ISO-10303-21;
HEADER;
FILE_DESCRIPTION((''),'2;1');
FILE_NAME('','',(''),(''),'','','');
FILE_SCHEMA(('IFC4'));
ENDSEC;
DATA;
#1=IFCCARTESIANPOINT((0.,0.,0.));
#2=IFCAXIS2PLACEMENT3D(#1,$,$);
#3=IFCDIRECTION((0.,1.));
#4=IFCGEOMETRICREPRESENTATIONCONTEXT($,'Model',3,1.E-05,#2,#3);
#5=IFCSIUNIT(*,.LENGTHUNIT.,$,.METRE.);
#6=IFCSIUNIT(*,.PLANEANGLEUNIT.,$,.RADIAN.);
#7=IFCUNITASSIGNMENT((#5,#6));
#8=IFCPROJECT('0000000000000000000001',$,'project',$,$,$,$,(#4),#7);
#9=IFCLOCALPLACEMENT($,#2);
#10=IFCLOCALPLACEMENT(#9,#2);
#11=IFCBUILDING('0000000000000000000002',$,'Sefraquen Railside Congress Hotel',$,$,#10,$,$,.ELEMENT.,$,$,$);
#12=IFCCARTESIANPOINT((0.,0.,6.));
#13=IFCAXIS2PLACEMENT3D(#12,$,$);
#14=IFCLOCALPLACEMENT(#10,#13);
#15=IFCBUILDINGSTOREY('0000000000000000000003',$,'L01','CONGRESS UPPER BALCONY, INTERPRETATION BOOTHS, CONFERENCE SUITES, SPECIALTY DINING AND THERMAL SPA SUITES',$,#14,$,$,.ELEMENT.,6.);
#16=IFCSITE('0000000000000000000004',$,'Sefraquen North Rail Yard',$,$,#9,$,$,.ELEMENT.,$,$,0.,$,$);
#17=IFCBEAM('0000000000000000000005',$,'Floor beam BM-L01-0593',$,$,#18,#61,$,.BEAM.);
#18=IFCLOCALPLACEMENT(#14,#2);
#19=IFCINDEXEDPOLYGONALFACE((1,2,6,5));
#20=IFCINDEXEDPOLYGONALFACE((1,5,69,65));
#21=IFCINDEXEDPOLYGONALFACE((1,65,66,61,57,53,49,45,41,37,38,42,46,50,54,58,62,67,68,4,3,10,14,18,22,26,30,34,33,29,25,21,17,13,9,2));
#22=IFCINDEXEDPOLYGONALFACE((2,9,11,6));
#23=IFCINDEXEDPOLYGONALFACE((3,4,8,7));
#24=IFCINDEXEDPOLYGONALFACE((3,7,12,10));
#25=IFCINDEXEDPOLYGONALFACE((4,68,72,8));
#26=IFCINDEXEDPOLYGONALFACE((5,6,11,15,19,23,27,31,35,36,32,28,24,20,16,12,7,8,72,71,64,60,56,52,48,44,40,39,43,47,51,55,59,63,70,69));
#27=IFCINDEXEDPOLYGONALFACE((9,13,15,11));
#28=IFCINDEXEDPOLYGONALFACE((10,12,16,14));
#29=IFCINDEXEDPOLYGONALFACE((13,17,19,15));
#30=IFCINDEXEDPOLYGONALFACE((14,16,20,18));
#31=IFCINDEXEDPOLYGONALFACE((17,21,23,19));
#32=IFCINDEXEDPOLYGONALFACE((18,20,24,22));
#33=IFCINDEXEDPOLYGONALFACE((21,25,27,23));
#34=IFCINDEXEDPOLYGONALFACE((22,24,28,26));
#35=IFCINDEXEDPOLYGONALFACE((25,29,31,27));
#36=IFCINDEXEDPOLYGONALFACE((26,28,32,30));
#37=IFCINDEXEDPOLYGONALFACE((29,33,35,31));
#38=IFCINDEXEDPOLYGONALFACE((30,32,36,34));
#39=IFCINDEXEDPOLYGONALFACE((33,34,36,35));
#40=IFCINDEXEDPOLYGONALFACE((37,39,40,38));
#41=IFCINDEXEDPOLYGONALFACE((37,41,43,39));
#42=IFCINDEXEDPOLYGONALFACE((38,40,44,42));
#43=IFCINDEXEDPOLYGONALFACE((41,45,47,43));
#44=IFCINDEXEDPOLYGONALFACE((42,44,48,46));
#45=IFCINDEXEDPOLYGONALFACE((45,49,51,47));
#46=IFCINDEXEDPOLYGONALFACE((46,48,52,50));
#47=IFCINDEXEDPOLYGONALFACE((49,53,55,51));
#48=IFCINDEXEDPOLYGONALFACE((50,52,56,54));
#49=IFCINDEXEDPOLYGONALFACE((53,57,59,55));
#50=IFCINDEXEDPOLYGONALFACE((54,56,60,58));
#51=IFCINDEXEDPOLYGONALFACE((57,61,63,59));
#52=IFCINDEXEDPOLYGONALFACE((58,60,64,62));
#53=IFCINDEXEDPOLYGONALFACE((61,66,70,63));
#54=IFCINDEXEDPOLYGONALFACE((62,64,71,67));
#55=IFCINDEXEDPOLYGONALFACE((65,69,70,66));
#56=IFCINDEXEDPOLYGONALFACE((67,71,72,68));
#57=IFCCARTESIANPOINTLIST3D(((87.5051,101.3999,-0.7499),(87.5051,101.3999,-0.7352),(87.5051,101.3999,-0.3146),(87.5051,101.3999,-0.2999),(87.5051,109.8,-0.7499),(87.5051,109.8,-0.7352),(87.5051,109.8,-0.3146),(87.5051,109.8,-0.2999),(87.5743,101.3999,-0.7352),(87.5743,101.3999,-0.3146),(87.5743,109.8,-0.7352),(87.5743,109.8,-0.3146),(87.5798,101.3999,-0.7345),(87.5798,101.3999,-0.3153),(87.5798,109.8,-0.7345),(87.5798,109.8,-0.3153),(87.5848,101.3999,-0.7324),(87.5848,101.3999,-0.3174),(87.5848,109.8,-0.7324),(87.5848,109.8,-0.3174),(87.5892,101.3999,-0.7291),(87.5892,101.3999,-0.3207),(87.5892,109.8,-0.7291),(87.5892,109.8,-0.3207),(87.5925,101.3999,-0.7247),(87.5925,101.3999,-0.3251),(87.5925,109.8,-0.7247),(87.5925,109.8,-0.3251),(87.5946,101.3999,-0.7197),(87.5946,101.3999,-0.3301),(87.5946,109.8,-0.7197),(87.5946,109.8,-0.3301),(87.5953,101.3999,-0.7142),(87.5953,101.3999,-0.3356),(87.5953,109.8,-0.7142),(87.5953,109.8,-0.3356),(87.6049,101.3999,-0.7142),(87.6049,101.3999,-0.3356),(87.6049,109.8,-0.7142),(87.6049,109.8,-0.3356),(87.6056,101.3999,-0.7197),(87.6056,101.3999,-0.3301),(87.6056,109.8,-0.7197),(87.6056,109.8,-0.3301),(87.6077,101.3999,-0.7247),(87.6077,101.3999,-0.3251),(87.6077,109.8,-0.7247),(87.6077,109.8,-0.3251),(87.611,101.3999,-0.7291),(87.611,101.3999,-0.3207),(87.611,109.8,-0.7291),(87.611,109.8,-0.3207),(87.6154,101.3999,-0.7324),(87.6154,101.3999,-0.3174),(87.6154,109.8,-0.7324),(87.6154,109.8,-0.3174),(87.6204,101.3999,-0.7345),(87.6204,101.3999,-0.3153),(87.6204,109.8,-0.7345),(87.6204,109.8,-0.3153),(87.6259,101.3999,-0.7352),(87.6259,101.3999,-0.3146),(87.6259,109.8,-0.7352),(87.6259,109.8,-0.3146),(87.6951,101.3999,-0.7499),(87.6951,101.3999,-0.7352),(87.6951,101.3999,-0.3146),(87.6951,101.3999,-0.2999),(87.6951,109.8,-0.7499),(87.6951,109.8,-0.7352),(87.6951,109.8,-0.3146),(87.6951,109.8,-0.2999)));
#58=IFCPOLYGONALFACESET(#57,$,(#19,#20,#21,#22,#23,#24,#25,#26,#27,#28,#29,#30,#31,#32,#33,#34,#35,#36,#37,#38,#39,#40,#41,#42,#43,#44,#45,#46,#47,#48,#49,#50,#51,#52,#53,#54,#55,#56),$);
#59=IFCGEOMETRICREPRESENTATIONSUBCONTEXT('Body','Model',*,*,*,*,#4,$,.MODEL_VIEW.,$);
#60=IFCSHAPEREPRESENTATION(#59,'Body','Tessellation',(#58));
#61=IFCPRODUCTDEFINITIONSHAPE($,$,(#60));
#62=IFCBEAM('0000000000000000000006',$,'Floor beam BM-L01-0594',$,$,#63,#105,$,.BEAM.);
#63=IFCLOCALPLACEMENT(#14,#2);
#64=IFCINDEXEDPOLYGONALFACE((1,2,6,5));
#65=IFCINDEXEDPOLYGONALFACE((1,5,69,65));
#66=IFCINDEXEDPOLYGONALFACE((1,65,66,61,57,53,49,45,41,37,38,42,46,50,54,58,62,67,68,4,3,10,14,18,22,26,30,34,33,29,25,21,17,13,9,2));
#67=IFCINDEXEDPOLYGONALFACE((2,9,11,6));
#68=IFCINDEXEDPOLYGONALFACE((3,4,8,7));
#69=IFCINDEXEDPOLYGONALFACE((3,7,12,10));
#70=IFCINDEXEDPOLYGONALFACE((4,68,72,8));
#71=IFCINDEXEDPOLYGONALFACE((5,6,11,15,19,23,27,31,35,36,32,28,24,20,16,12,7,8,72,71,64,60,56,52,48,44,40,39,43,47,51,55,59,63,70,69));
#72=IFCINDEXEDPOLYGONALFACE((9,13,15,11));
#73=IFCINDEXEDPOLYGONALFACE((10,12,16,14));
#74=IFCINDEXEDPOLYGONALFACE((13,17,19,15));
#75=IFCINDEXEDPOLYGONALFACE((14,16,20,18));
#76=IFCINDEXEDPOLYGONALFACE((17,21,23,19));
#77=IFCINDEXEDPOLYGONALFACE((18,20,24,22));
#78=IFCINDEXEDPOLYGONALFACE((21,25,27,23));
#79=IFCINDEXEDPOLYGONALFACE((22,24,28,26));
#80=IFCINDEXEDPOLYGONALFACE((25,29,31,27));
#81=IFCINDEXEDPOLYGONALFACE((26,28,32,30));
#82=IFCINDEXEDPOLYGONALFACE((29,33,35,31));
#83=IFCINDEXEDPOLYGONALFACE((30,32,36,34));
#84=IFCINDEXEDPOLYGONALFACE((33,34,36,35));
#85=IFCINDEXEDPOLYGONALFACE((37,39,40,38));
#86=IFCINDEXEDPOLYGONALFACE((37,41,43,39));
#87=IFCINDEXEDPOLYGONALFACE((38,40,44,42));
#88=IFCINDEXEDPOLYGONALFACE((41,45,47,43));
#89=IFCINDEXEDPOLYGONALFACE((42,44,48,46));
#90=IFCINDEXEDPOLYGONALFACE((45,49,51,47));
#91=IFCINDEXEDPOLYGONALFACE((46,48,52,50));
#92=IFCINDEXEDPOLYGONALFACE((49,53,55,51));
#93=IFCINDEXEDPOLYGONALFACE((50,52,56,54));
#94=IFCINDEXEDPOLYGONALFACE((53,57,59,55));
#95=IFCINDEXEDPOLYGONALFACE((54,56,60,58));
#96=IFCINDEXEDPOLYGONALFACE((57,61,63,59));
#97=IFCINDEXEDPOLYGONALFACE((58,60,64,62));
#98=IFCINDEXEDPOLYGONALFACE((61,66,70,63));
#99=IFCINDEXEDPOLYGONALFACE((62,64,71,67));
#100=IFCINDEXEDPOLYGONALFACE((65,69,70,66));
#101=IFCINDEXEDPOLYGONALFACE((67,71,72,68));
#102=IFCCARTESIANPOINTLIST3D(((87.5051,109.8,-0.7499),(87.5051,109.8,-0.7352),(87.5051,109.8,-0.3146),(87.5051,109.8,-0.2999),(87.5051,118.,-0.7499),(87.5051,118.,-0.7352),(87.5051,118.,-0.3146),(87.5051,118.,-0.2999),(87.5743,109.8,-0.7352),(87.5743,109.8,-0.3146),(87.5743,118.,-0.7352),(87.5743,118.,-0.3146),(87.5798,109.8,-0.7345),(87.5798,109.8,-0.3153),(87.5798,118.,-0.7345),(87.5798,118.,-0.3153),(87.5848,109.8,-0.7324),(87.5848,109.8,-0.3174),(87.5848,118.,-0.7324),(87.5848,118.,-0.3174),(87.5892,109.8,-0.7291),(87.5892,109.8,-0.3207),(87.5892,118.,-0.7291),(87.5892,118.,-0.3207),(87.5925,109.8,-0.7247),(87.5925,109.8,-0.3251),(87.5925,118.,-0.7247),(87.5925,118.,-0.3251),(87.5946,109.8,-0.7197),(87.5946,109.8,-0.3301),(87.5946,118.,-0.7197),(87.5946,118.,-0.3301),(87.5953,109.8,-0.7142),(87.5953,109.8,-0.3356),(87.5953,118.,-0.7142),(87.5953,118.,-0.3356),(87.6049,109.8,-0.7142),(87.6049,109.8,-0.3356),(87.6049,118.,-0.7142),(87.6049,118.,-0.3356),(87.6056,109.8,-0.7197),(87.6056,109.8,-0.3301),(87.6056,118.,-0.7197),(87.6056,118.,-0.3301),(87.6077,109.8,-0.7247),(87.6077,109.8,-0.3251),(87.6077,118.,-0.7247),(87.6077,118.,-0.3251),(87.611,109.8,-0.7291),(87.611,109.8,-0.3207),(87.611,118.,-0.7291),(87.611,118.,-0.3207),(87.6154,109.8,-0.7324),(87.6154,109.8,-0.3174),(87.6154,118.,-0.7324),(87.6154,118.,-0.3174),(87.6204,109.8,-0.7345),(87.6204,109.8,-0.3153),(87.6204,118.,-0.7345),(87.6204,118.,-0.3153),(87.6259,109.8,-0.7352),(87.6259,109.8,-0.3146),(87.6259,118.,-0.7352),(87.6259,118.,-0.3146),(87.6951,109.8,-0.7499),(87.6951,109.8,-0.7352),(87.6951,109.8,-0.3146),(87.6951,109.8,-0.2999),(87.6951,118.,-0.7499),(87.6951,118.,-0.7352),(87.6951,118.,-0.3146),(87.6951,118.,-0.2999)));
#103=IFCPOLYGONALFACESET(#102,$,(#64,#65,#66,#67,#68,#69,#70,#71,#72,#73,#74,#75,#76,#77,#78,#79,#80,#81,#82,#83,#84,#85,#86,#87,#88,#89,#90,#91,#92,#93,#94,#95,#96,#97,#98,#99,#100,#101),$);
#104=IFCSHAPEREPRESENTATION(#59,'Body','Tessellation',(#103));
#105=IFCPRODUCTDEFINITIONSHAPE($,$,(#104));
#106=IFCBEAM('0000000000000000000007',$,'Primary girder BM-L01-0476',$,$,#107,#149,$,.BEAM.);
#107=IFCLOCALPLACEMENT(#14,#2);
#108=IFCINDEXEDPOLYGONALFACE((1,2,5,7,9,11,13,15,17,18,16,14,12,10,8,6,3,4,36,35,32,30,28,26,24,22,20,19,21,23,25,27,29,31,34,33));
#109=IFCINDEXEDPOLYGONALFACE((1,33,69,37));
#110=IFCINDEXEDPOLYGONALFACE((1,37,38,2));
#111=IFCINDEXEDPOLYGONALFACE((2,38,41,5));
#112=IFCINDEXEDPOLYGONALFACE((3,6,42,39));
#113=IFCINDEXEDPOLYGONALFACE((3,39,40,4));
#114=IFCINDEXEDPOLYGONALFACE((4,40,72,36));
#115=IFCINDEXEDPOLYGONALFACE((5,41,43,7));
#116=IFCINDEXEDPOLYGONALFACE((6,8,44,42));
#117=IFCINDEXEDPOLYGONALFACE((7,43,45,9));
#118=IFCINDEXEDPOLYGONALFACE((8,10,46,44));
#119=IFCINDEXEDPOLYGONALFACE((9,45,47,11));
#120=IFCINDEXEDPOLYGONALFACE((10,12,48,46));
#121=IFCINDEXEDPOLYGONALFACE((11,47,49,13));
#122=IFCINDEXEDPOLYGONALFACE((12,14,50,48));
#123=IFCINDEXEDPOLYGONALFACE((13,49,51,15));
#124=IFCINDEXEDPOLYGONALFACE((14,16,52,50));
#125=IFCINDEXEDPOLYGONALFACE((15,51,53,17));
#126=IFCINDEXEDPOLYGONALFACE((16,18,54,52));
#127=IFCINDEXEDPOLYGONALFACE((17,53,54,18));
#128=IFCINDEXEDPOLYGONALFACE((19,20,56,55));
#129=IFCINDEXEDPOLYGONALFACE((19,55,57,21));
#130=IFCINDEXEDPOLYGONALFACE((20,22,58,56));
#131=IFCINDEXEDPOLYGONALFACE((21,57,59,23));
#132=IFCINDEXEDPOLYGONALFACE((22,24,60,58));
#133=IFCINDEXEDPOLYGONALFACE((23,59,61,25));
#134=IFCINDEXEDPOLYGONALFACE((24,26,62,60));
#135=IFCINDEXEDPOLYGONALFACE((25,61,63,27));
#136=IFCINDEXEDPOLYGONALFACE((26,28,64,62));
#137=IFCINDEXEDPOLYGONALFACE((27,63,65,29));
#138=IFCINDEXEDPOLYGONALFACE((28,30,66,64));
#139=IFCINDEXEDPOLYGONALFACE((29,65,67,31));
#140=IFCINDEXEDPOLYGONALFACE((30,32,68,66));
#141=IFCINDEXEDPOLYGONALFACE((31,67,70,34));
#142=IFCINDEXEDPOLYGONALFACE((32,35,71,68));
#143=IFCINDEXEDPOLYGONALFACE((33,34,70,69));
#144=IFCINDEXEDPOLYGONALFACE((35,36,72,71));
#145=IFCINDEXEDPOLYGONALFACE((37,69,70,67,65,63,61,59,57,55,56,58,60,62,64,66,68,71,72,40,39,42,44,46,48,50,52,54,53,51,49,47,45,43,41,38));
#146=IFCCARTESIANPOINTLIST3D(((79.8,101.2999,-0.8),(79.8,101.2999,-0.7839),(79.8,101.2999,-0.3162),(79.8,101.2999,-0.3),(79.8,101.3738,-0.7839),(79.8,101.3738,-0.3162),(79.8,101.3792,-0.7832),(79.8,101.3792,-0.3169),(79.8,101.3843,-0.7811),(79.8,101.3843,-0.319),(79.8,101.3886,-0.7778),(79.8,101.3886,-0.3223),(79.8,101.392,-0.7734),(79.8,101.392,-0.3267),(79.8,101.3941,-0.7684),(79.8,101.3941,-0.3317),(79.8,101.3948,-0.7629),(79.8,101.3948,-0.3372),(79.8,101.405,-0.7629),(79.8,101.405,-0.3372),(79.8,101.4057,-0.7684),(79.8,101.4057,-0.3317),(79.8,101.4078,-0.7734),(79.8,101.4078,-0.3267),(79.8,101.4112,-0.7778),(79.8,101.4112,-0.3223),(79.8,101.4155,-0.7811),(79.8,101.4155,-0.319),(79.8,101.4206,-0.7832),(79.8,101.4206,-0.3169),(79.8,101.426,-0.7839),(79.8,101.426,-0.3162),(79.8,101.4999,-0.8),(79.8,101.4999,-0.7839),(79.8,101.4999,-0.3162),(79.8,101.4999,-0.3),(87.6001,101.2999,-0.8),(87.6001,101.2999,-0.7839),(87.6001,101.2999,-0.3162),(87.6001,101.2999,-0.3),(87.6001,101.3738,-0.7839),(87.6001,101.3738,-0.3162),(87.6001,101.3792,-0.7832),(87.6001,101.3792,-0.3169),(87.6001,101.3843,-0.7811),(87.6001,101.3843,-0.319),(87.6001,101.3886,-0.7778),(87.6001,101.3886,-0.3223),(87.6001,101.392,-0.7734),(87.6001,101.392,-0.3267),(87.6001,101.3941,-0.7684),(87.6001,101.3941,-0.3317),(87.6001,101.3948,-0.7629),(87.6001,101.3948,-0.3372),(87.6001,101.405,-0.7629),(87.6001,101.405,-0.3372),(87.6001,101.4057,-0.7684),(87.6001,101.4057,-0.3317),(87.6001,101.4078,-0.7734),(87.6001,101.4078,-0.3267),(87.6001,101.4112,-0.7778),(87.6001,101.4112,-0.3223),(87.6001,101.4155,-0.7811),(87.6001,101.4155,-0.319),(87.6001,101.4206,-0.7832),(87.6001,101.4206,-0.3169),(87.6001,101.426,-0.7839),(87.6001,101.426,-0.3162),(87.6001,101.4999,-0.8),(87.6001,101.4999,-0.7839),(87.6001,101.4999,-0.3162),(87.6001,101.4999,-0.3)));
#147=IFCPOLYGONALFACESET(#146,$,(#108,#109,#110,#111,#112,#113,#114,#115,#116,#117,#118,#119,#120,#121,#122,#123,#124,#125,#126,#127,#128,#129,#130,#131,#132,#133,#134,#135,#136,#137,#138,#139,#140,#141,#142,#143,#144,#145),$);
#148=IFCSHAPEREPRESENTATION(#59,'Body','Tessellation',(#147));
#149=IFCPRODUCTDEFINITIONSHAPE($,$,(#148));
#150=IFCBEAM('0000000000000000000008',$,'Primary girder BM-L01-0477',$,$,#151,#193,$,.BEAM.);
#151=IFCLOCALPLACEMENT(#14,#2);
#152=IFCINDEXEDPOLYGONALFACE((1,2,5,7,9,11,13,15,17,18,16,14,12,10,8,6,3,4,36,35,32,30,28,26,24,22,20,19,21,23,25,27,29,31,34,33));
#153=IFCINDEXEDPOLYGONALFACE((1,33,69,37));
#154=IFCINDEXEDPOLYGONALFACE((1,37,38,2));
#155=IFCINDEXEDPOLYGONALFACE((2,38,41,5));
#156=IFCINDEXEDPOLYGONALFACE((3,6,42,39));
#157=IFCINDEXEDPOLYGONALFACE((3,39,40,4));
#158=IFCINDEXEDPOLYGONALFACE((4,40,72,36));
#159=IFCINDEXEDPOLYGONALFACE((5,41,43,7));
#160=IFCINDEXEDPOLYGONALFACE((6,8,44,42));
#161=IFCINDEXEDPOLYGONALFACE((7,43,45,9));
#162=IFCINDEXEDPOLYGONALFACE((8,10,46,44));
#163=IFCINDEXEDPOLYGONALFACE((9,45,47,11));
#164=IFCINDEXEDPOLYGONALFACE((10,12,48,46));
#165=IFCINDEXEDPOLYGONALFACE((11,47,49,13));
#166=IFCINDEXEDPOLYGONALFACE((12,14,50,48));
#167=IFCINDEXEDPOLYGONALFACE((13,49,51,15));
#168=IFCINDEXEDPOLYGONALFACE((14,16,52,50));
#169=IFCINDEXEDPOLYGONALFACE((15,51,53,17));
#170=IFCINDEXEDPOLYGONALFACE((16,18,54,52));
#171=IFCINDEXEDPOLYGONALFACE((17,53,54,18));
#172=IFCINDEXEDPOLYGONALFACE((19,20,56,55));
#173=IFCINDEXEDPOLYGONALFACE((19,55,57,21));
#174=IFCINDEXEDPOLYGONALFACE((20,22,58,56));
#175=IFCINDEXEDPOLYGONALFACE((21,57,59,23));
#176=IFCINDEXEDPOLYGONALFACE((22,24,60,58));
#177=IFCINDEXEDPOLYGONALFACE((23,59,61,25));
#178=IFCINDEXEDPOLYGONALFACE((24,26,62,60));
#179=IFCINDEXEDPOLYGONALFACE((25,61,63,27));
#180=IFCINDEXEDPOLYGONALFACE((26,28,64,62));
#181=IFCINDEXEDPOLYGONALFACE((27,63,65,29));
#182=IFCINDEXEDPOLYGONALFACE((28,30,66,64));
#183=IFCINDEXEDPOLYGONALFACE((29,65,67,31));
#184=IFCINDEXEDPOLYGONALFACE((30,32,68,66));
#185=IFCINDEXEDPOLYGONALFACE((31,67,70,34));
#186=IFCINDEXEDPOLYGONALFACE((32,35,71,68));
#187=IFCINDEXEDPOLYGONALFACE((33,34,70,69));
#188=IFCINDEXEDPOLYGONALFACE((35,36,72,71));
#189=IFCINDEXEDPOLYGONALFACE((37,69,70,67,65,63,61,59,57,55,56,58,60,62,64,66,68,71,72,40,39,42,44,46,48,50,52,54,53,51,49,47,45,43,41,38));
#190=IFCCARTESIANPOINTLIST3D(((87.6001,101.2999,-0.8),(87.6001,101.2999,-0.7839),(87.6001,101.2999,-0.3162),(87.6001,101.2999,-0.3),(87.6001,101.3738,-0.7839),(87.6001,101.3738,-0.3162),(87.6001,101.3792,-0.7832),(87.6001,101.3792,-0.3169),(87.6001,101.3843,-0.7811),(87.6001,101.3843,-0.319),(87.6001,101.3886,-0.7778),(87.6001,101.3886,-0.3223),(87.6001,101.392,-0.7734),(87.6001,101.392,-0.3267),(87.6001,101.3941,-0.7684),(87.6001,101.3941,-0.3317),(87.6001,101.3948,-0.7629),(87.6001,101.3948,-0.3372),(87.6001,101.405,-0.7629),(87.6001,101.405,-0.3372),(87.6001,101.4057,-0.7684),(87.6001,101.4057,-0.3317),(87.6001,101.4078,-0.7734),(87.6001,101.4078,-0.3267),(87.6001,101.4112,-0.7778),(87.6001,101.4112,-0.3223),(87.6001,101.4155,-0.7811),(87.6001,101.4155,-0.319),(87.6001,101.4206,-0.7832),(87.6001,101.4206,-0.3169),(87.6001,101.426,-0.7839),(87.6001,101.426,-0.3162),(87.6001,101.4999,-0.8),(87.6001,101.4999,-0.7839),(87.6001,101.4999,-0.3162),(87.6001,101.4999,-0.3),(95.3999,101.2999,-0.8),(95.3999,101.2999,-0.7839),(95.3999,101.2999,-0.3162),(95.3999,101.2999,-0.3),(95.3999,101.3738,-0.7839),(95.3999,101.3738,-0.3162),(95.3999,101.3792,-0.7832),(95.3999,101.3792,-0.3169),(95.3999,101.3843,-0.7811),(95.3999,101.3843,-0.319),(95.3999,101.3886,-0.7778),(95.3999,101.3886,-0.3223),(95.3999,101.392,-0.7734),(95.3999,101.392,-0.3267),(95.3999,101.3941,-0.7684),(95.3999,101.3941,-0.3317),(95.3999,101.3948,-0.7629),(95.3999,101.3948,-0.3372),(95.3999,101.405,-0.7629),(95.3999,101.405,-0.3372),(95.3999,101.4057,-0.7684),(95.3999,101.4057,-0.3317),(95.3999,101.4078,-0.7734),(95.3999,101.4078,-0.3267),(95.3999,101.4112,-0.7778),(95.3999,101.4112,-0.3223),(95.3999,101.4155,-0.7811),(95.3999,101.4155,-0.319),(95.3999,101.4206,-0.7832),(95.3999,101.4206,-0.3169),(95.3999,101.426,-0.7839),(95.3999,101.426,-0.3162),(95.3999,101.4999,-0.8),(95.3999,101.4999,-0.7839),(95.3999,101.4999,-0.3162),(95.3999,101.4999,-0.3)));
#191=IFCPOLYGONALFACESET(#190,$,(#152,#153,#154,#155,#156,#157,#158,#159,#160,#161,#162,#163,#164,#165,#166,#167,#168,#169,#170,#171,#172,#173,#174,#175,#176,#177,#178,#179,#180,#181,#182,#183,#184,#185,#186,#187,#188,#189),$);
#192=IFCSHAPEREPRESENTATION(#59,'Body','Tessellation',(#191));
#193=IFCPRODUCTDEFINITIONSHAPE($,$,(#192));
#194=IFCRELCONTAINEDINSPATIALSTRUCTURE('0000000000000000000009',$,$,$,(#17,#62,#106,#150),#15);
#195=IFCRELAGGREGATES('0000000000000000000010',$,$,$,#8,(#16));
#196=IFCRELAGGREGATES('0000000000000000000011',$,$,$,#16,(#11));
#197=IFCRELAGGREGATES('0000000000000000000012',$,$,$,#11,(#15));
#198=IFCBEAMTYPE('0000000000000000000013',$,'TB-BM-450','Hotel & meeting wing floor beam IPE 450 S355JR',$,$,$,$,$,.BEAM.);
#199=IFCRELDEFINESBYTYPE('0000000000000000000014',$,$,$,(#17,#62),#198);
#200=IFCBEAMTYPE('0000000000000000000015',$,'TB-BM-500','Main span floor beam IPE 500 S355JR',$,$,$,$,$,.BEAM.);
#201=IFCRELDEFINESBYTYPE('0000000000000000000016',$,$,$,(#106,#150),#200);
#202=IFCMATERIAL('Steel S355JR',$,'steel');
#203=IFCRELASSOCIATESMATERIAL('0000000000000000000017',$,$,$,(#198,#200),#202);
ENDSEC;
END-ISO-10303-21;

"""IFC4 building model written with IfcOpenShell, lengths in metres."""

from ifc_helpers import new_model, si_unit, direction, frame, origin, origin_2d, place, context, subcontext, project, spatial, i_section, extrude, material, material_profile, profile_set, type_object, element, save


model = new_model("IFC4")

# Units and contexts
model_context = context("Model", 3, precision=1e-05, world=origin(), true_north=direction((0.0, 1.0)))
body_context = subcontext(model_context, "Body", "Model", "MODEL_VIEW")
ifc_project = project(units=[si_unit("LENGTHUNIT", "METRE"), si_unit("PLANEANGLEUNIT", "RADIAN")], contexts=[model_context])

# Site, building, storey
site_placement = place(None, origin())
site = spatial("IfcSite", under=ifc_project, at=site_placement, Name="Sefraquen North Rail Yard", CompositionType="ELEMENT", RefElevation=0.0)
building_placement = place(site_placement, origin())
building = spatial("IfcBuilding", under=site, at=building_placement, Name="Sefraquen Railside Congress Hotel", CompositionType="ELEMENT")
storey_placement = place(building_placement, frame((0.0, 0.0, 6.0)))
storey = spatial("IfcBuildingStorey", under=building, at=storey_placement, Name="L01", Description="CONGRESS UPPER BALCONY, INTERPRETATION BOOTHS, CONFERENCE SUITES, SPECIALTY DINING AND THERMAL SPA SUITES", CompositionType="ELEMENT", Elevation=6.0)

# Shared definitions
ifc_material_1 = material(Name="Steel S355JR", Category="steel")

# Beams
ifc_material_profile_1 = material_profile(ifc_material_1, i_section(OverallWidth=0.1899, OverallDepth=0.45, WebThickness=0.0095, FlangeThickness=0.0146, FilletRadius=0.021, at=origin_2d()), Name="IPE 450")
ifc_profile_set_1 = profile_set([ifc_material_profile_1], Name="Steel S355JR")
beam_type_1 = type_object("IfcBeamType", Name="TB-BM-450", Description="Hotel & meeting wing floor beam IPE 450 S355JR", PredefinedType="BEAM", material=ifc_profile_set_1)
beam_1_placement = place(storey_placement, frame((87.6001, 101.3999, -0.5249), z_axis=(0.0, 1.0, 0.0), x_axis=(-1.0, 0.0, 0.0)))
element("IfcBeam", 1, at=beam_1_placement, inside=storey, type_object=beam_type_1, Name="Floor beam BM-L01-0593", PredefinedType="BEAM", context=body_context, shape_type="SweptSolid", body=[
    extrude(i_section(OverallWidth=0.1899, OverallDepth=0.45, WebThickness=0.0095, FlangeThickness=0.0146, FilletRadius=0.021, at=origin_2d()), origin(), (0.0, 0.0, 1.0), 8.4001),
])
beam_2_placement = place(storey_placement, frame((87.6001, 109.8, -0.5249), z_axis=(0.0, 1.0, 0.0), x_axis=(-1.0, 0.0, 0.0)))
element("IfcBeam", 2, at=beam_2_placement, inside=storey, type_object=beam_type_1, Name="Floor beam BM-L01-0594", PredefinedType="BEAM", context=body_context, shape_type="SweptSolid", body=[
    extrude(i_section(OverallWidth=0.1899, OverallDepth=0.45, WebThickness=0.0095, FlangeThickness=0.0146, FilletRadius=0.021, at=origin_2d()), origin(), (0.0, 0.0, 1.0), 8.2),
])
ifc_material_profile_2 = material_profile(ifc_material_1, i_section(OverallWidth=0.2, OverallDepth=0.5, WebThickness=0.0103, FlangeThickness=0.0161, FilletRadius=0.021, at=origin_2d()), Name="IPE 500")
ifc_profile_set_2 = profile_set([ifc_material_profile_2], Name="Steel S355JR")
beam_type_2 = type_object("IfcBeamType", Name="TB-BM-500", Description="Main span floor beam IPE 500 S355JR", PredefinedType="BEAM", material=ifc_profile_set_2)
beam_3_placement = place(storey_placement, frame((79.8, 101.3999, -0.55), z_axis=(1.0, 0.0, 0.0), x_axis=(0.0, 1.0, 0.0)))
element("IfcBeam", 3, at=beam_3_placement, inside=storey, type_object=beam_type_2, Name="Primary girder BM-L01-0476", PredefinedType="BEAM", context=body_context, shape_type="SweptSolid", body=[
    extrude(i_section(OverallWidth=0.2, OverallDepth=0.5, WebThickness=0.0103, FlangeThickness=0.0161, FilletRadius=0.021, at=origin_2d()), origin(), (0.0, 0.0, 1.0), 7.8),
])
beam_4_placement = place(storey_placement, frame((87.6001, 101.3999, -0.55), z_axis=(1.0, 0.0, 0.0), x_axis=(0.0, 1.0, 0.0)))
element("IfcBeam", 4, at=beam_4_placement, inside=storey, type_object=beam_type_2, Name="Primary girder BM-L01-0477", PredefinedType="BEAM", context=body_context, shape_type="SweptSolid", body=[
    extrude(i_section(OverallWidth=0.2, OverallDepth=0.5, WebThickness=0.0103, FlangeThickness=0.0161, FilletRadius=0.021, at=origin_2d()), origin(), (0.0, 0.0, 1.0), 7.7998),
])

save(model, "model.ifc")
